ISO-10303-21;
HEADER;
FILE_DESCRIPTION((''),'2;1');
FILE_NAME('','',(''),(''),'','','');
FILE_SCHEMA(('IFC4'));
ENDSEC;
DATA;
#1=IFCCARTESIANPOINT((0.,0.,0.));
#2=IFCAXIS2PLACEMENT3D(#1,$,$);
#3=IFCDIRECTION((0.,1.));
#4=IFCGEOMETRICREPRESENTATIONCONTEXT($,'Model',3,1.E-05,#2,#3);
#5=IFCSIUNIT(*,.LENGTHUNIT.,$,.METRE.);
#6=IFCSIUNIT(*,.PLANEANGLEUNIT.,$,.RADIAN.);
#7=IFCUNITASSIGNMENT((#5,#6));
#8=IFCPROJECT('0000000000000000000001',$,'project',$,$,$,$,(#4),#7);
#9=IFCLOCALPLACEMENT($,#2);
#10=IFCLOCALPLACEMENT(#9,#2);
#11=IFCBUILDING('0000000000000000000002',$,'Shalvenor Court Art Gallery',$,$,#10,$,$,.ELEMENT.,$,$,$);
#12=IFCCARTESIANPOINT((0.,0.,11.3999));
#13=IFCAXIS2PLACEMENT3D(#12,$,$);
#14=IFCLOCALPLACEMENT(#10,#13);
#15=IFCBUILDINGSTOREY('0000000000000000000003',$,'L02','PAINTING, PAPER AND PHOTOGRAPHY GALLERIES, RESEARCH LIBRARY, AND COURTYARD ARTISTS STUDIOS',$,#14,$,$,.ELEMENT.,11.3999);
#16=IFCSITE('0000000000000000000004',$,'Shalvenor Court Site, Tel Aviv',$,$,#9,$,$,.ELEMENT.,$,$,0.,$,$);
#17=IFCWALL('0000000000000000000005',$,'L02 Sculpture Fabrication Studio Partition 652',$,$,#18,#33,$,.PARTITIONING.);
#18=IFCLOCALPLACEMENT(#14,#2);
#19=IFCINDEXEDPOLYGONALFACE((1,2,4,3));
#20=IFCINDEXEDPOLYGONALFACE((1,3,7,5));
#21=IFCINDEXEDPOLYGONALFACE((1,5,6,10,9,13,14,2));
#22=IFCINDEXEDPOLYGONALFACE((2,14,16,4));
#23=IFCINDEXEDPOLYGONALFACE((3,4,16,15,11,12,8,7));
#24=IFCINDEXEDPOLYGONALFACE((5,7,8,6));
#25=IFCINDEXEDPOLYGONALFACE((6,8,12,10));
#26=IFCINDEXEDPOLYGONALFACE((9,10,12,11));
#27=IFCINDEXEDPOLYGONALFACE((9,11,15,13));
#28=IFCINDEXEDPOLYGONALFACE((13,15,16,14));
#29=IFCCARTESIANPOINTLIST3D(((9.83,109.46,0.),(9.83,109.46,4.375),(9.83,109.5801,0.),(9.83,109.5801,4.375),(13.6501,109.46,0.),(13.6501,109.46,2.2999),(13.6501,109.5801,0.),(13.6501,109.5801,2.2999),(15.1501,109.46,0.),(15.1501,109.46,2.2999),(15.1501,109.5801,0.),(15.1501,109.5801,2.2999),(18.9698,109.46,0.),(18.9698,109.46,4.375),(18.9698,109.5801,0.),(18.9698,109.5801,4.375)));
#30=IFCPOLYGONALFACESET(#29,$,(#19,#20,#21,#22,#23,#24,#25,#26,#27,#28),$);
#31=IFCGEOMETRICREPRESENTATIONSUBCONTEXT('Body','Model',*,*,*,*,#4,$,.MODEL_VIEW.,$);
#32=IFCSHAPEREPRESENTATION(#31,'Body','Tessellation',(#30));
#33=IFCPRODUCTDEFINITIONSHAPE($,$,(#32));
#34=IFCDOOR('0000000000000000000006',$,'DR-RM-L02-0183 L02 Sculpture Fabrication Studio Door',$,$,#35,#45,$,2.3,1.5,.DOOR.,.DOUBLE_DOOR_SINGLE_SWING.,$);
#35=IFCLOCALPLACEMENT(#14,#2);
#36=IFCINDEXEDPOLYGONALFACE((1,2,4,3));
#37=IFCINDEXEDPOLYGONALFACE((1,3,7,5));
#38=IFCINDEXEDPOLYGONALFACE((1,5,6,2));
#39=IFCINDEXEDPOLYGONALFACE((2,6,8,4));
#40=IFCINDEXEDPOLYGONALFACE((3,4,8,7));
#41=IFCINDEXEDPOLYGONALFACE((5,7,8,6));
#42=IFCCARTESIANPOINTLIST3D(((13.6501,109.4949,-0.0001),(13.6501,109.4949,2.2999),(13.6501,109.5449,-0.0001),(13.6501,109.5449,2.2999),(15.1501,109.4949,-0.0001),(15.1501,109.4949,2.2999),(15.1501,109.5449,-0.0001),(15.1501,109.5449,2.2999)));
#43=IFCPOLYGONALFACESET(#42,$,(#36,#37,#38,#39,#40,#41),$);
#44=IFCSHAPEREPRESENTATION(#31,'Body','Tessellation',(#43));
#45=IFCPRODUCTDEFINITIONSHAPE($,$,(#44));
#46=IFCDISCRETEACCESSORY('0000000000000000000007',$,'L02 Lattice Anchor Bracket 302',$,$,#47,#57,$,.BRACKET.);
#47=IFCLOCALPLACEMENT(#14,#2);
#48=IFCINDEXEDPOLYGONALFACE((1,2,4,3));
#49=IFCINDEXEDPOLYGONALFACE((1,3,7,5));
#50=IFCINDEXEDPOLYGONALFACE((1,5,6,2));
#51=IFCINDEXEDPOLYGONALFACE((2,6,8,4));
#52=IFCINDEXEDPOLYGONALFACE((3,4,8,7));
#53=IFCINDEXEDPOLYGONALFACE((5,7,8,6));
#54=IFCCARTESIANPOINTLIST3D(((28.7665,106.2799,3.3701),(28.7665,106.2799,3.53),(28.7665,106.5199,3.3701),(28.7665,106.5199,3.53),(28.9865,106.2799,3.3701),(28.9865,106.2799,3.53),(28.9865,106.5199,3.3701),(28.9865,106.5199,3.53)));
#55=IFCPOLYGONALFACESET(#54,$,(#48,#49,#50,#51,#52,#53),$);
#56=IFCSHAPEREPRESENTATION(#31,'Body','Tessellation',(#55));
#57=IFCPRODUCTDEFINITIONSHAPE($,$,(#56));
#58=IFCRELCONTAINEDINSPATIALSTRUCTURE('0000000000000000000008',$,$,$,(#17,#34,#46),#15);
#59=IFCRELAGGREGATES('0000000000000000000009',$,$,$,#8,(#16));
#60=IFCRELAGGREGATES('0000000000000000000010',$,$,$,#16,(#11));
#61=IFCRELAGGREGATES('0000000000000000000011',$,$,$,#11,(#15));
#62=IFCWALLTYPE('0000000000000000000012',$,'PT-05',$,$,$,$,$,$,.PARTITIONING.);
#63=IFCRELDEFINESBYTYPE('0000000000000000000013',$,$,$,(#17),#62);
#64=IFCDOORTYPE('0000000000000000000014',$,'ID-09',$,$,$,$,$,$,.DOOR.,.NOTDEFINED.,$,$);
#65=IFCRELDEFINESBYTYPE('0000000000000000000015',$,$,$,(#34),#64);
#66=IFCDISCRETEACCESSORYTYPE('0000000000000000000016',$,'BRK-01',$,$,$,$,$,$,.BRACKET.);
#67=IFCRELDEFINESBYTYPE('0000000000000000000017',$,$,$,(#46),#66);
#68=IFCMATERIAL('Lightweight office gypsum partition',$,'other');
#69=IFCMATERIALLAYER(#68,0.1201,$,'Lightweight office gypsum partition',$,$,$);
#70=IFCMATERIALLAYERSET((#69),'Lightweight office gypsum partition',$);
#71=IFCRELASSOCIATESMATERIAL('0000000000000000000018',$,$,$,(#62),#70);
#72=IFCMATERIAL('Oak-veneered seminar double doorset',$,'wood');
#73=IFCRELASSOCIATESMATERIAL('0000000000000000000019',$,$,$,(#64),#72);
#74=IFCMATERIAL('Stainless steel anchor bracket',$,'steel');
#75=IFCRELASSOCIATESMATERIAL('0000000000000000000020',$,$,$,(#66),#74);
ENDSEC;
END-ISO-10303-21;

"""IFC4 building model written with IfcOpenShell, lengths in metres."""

from ifc_helpers import new_model, si_unit, direction, frame, frame_2d, origin, origin_2d, place, context, subcontext, project, spatial, rectangle, extrude, material, layer, layer_set, type_object, element, fill, save


model = new_model("IFC4")

# Units and contexts
model_context = context("Model", 3, precision=1e-05, world=origin(), true_north=direction((0.0, 1.0)))
body_context = subcontext(model_context, "Body", "Model", "MODEL_VIEW")
ifc_project = project(units=[si_unit("LENGTHUNIT", "METRE"), si_unit("PLANEANGLEUNIT", "RADIAN")], contexts=[model_context])

# Site, building, storey
site_placement = place(None, origin())
site = spatial("IfcSite", under=ifc_project, at=site_placement, Name="Shalvenor Court Site, Tel Aviv", CompositionType="ELEMENT", RefElevation=0.0)
building_placement = place(site_placement, origin())
building = spatial("IfcBuilding", under=site, at=building_placement, Name="Shalvenor Court Art Gallery", CompositionType="ELEMENT")
storey_placement = place(building_placement, frame((0.0, 0.0, 11.3999)))
storey = spatial("IfcBuildingStorey", under=building, at=storey_placement, Name="L02", Description="PAINTING, PAPER AND PHOTOGRAPHY GALLERIES, RESEARCH LIBRARY, AND COURTYARD ARTISTS STUDIOS", CompositionType="ELEMENT", Elevation=11.3999)

# Wall, opening, door
ifc_material_1 = material(Name="Lightweight office gypsum partition", Category="other")
ifc_layer_1 = layer(ifc_material_1, 0.1201, Name="Lightweight office gypsum partition")
ifc_layer_set_1 = layer_set([ifc_layer_1], Name="Lightweight office gypsum partition")
wall_type_1 = type_object("IfcWallType", Name="PT-05", PredefinedType="PARTITIONING", material=ifc_layer_set_1)
wall_1_placement = place(storey_placement, frame((9.8301, 109.52, 0.0), z_axis=(0.0, 0.0, 1.0), x_axis=(1.0, 0.0, 0.0)))
wall_1 = element("IfcWall", 1, at=wall_1_placement, inside=storey, type_object=wall_type_1, Name="L02 Sculpture Fabrication Studio Partition 652", PredefinedType="PARTITIONING", context=body_context, shape_type="SweptSolid", body=[
    extrude(rectangle(XDim=9.1399, YDim=0.1201, at=frame_2d((4.5698, 0.0))), origin(), (0.0, 0.0, 1.0), 4.375),
])
opening_1_placement = place(wall_1_placement, frame((3.8201, 0.0, 0.0)))
opening_1 = element("IfcOpeningElement", 2, at=opening_1_placement, cuts=wall_1, PredefinedType="OPENING", context=body_context, shape_type="SweptSolid", body=[
    extrude(rectangle(XDim=1.5, YDim=2.3, at=frame_2d((0.75, 1.1499))), frame((0.0, 0.0701, 0.0), z_axis=(0.0, -1.0, 0.0), x_axis=(1.0, 0.0, 0.0)), (0.0, 0.0, 1.0), 0.1401),
])
ifc_material_2 = material(Name="Oak-veneered seminar double doorset", Category="wood")
door_type_1 = type_object("IfcDoorType", Name="ID-09", OperationType="NOTDEFINED", PredefinedType="DOOR", material=ifc_material_2)
door_1_placement = place(opening_1_placement, origin())
door_1 = element("IfcDoor", 3, at=door_1_placement, inside=storey, type_object=door_type_1, Name="DR-RM-L02-0183 L02 Sculpture Fabrication Studio Door", OperationType="DOUBLE_DOOR_SINGLE_SWING", OverallHeight=2.3, OverallWidth=1.5, PredefinedType="DOOR", context=body_context, shape_type="SweptSolid", body=[
    extrude(rectangle(XDim=1.5, YDim=2.3, at=frame_2d((0.75, 1.1499))), frame((0.0, 0.0249, 0.0), z_axis=(0.0, -1.0, 0.0), x_axis=(1.0, 0.0, 0.0)), (0.0, 0.0, 1.0), 0.05),
])
fill(opening_1, door_1)

# Discrete accessory
ifc_material_3 = material(Name="Stainless steel anchor bracket", Category="steel")
discrete_accessory_type = type_object("IfcDiscreteAccessoryType", Name="BRK-01", PredefinedType="BRACKET", material=ifc_material_3)
discrete_accessory_placement = place(storey_placement, frame((28.8765, 106.3999, 3.3701), z_axis=(0.0, 0.0, 1.0), x_axis=(0.0, -1.0, 0.0)))
element("IfcDiscreteAccessory", 4, at=discrete_accessory_placement, inside=storey, type_object=discrete_accessory_type, Name="L02 Lattice Anchor Bracket 302", PredefinedType="BRACKET", context=body_context, shape_type="SweptSolid", body=[
    extrude(rectangle(XDim=0.24, YDim=0.22, at=origin_2d()), origin(), (0.0, 0.0, 1.0), 0.1599),
])

save(model, "model.ifc")
